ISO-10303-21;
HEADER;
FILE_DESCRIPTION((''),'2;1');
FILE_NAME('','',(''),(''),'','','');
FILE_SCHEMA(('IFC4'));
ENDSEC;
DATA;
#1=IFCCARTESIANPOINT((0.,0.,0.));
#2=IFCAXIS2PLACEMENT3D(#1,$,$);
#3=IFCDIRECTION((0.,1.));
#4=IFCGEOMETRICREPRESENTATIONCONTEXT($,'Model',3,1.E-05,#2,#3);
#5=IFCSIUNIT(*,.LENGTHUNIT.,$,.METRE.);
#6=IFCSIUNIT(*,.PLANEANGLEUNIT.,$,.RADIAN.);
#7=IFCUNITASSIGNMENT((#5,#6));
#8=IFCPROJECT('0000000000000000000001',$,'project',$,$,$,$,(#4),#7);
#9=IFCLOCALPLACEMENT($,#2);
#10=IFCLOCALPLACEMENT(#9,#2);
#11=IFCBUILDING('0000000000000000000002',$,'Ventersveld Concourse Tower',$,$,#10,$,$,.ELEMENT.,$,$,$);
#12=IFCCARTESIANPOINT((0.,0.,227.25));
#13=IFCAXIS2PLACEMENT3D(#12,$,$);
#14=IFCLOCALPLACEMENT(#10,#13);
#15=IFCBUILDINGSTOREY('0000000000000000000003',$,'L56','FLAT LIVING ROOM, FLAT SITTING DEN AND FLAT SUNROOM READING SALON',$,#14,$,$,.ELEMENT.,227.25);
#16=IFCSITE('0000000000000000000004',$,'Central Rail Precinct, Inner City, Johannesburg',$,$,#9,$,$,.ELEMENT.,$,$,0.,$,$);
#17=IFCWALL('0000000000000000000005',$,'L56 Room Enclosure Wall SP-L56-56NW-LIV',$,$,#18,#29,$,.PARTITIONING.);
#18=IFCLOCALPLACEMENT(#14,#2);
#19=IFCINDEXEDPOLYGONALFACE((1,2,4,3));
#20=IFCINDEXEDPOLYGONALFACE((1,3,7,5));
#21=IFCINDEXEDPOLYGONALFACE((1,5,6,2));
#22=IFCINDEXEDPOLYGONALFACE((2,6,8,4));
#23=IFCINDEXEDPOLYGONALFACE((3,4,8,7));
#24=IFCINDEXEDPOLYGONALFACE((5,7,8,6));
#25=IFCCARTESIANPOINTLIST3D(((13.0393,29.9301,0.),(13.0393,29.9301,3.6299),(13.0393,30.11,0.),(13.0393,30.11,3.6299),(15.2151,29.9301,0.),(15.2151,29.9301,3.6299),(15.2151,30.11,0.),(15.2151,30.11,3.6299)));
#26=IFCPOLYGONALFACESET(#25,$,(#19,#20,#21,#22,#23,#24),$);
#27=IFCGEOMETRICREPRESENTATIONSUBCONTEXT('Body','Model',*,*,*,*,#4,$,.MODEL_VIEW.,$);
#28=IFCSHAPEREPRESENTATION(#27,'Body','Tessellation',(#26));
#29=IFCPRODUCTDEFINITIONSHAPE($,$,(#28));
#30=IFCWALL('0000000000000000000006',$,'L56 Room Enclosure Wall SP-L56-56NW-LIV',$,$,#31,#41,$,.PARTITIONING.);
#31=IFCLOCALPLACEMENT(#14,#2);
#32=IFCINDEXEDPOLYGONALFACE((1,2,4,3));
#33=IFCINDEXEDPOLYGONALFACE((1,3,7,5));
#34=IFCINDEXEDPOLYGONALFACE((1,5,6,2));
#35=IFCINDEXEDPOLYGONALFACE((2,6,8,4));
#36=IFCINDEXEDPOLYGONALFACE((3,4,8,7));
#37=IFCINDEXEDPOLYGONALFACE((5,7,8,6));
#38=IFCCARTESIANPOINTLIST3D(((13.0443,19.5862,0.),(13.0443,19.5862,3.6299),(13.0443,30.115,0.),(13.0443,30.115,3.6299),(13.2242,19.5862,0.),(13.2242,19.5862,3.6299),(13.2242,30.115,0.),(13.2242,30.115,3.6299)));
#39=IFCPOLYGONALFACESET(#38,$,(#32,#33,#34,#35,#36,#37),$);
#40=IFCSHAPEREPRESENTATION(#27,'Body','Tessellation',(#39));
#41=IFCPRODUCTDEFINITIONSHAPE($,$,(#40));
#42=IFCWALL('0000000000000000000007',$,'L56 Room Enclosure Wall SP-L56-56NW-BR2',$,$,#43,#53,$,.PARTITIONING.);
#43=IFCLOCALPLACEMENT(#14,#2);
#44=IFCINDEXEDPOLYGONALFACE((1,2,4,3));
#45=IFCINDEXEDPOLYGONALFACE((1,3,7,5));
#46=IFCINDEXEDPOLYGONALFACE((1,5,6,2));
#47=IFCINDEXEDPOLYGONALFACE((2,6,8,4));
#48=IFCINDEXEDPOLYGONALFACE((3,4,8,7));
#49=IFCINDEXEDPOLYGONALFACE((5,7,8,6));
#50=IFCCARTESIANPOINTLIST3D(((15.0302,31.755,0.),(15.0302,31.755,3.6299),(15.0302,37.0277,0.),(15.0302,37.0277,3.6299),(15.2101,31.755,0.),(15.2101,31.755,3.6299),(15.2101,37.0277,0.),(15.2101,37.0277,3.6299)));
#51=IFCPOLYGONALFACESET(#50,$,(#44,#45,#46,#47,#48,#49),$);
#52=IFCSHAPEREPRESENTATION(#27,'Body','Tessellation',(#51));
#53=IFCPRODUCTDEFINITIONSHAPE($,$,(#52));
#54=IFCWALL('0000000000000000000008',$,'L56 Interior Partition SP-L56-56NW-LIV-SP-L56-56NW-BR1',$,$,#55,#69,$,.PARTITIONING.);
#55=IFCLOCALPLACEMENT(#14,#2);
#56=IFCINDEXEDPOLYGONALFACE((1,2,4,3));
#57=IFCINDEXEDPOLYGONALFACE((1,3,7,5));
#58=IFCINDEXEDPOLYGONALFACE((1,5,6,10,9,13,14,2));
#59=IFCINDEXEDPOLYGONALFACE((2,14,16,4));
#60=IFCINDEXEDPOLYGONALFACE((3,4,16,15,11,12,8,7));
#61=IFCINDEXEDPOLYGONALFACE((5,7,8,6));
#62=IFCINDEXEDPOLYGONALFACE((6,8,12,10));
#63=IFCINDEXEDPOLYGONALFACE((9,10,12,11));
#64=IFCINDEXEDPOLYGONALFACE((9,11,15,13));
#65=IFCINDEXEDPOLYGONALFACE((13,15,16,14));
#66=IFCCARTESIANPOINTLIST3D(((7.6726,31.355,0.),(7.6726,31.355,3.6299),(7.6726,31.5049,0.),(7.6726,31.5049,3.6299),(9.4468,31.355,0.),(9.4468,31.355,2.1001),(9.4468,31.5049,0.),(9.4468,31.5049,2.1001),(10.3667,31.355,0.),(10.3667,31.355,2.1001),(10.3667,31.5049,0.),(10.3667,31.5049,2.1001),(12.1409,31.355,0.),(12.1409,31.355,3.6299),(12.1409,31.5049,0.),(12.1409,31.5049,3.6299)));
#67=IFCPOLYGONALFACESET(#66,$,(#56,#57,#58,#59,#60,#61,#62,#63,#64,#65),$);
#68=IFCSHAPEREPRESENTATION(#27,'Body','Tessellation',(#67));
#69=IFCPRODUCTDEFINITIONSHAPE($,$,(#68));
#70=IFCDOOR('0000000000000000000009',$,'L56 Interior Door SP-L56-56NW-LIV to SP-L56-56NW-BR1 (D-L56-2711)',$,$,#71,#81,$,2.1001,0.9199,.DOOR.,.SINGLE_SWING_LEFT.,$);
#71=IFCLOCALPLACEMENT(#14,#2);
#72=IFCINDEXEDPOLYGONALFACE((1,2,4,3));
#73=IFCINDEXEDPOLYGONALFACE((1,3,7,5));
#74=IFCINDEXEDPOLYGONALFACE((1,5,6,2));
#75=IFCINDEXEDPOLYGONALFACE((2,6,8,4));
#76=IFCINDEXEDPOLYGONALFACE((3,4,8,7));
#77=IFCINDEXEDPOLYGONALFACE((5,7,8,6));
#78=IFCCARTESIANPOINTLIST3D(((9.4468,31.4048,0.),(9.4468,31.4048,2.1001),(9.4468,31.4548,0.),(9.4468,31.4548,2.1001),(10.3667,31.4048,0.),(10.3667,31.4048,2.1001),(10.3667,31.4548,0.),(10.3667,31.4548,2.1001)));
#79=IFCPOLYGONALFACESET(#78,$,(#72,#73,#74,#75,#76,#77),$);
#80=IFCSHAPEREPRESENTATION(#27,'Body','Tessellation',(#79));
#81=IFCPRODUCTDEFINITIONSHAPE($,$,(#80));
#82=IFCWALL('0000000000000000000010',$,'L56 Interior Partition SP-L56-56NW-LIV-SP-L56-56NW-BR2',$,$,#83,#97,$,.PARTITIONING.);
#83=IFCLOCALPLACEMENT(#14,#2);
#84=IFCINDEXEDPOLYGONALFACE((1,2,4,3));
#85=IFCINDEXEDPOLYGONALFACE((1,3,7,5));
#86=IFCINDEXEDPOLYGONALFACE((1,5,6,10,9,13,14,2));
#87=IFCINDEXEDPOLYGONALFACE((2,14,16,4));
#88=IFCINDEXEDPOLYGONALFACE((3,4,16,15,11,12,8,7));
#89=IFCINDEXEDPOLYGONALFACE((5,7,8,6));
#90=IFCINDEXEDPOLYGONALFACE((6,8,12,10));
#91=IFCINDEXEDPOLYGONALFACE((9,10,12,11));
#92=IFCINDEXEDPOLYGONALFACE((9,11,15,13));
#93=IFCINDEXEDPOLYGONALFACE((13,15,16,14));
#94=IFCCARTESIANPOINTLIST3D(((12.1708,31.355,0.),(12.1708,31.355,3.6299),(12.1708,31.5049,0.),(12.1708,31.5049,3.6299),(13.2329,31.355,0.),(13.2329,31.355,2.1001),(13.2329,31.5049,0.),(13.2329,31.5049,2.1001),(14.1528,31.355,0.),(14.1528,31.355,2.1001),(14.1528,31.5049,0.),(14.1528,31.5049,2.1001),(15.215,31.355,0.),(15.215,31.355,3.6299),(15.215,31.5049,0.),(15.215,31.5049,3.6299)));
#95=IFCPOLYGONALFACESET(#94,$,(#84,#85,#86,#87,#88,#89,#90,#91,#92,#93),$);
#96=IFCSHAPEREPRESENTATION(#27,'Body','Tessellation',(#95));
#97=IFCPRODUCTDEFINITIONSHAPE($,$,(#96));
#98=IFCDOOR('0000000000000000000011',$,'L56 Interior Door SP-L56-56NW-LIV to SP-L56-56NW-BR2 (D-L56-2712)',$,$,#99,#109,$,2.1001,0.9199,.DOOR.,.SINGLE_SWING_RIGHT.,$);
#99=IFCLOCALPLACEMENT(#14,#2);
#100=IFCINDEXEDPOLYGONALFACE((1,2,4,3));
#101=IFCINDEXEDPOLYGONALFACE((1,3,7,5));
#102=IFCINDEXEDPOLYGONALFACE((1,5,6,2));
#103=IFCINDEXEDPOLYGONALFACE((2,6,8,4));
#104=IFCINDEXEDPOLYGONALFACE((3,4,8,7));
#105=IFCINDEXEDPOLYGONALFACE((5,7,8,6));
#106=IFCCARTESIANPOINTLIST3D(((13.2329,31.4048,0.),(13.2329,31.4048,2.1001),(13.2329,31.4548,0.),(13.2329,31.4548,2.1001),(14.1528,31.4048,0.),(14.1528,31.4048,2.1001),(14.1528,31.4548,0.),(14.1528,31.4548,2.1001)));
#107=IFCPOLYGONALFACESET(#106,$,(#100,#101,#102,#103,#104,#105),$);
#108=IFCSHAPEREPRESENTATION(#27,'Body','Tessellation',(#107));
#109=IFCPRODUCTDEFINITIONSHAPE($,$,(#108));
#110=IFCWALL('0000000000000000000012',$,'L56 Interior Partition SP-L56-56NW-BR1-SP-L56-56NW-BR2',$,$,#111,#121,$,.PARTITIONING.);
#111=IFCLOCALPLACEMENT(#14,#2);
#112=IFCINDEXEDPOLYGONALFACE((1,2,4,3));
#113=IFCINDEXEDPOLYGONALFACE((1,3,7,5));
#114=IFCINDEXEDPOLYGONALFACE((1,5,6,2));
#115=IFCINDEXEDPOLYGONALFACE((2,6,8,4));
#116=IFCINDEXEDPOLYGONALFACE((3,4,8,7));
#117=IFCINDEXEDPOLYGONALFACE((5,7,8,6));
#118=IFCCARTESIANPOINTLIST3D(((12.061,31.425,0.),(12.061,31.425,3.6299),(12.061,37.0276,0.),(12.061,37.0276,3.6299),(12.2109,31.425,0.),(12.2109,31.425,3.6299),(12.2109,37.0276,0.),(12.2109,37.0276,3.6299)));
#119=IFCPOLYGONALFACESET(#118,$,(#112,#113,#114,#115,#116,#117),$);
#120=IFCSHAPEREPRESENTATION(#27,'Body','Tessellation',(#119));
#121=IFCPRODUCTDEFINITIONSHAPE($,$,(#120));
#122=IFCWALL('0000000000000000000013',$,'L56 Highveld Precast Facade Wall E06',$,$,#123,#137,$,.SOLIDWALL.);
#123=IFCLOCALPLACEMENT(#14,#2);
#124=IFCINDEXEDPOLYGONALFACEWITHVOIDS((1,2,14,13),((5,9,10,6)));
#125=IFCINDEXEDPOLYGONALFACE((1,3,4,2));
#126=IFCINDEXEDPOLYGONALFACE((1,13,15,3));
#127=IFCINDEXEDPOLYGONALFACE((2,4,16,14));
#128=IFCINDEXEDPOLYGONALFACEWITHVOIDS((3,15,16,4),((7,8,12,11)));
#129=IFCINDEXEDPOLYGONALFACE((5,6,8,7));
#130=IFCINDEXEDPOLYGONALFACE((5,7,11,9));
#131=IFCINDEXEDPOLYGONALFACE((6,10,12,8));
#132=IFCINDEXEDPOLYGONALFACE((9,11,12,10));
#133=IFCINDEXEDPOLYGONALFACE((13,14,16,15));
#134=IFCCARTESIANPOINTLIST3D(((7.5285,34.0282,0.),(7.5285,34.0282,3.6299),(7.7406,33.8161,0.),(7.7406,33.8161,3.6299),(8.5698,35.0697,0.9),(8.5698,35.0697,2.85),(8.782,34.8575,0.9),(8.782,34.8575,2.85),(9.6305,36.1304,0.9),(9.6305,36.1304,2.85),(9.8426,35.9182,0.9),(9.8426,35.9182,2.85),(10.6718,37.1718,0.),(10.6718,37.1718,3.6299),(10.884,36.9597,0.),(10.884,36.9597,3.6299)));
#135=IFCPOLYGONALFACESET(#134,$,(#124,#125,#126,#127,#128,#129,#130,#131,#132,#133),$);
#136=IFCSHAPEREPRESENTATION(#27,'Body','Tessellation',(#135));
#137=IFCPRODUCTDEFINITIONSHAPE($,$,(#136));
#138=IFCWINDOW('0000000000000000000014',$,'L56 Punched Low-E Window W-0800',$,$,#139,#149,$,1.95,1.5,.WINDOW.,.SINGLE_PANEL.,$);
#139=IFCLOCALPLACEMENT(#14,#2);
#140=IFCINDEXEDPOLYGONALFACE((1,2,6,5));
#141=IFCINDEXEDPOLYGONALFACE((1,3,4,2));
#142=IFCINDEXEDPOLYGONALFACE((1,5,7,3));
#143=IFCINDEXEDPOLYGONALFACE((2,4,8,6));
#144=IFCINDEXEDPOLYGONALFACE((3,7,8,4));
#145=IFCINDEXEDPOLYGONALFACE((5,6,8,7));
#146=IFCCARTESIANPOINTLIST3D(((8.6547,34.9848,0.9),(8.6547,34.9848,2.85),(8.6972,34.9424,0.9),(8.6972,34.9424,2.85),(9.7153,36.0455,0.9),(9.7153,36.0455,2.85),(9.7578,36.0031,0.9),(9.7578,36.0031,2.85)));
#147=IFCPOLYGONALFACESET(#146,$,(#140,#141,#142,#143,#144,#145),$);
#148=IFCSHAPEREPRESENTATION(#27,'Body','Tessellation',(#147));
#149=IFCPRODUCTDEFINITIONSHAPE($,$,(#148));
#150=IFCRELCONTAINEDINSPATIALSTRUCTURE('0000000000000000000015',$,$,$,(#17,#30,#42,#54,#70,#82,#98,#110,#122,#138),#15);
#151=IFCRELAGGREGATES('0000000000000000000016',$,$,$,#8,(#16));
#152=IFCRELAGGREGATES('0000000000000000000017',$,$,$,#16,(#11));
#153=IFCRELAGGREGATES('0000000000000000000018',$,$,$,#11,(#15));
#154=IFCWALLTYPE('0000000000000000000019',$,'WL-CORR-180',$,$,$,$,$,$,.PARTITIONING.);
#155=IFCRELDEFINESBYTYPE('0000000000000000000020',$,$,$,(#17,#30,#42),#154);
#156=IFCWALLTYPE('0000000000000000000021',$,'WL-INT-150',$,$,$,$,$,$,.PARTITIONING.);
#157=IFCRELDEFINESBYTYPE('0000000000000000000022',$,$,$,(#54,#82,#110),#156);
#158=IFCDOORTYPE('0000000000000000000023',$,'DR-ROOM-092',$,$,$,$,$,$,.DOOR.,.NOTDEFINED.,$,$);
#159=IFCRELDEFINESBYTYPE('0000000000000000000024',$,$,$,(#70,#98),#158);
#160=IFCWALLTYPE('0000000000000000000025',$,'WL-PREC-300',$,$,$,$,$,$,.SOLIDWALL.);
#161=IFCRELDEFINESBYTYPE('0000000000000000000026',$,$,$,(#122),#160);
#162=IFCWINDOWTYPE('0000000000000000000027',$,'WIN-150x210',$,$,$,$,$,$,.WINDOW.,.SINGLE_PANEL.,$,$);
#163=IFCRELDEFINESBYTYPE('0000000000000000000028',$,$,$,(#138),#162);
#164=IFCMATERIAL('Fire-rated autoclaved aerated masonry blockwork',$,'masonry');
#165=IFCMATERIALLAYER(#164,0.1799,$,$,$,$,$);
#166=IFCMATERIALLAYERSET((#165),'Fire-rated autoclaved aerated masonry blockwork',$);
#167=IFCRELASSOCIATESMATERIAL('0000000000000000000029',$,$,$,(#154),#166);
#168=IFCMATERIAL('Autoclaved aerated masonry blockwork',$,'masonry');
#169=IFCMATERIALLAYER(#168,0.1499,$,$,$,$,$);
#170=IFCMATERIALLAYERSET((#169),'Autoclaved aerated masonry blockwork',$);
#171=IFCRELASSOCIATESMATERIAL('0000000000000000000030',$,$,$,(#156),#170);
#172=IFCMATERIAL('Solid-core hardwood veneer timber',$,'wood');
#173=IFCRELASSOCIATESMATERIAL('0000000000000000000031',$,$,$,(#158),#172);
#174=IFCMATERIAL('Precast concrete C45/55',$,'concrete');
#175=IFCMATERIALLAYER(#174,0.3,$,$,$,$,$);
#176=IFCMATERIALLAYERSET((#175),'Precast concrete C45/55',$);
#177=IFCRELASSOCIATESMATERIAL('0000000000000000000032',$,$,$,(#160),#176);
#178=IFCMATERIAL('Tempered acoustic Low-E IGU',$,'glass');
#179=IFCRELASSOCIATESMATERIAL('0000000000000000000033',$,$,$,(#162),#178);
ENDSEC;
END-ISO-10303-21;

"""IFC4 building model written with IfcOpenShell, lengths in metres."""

from ifc_helpers import new_model, si_unit, direction, frame, frame_2d, origin, place, context, subcontext, project, spatial, rectangle, extrude, material, layer, layer_set, type_object, element, fill, save


model = new_model("IFC4")

# Units and contexts
model_context = context("Model", 3, precision=1e-05, world=origin(), true_north=direction((0.0, 1.0)))
body_context = subcontext(model_context, "Body", "Model", "MODEL_VIEW")
ifc_project = project(units=[si_unit("LENGTHUNIT", "METRE"), si_unit("PLANEANGLEUNIT", "RADIAN")], contexts=[model_context])

# Site, building, storey
site_placement = place(None, origin())
site = spatial("IfcSite", under=ifc_project, at=site_placement, Name="Central Rail Precinct, Inner City, Johannesburg", CompositionType="ELEMENT", RefElevation=0.0)
building_placement = place(site_placement, origin())
building = spatial("IfcBuilding", under=site, at=building_placement, Name="Ventersveld Concourse Tower", CompositionType="ELEMENT")
storey_placement = place(building_placement, frame((0.0, 0.0, 227.25)))
storey = spatial("IfcBuildingStorey", under=building, at=storey_placement, Name="L56", Description="FLAT LIVING ROOM, FLAT SITTING DEN AND FLAT SUNROOM READING SALON", CompositionType="ELEMENT", Elevation=227.25)

# Walls
ifc_material_1 = material(Name="Fire-rated autoclaved aerated masonry blockwork", Category="masonry")
ifc_layer_1 = layer(ifc_material_1, 0.1799)
ifc_layer_set_1 = layer_set([ifc_layer_1], Name="Fire-rated autoclaved aerated masonry blockwork")
wall_type_1 = type_object("IfcWallType", Name="WL-CORR-180", PredefinedType="PARTITIONING", material=ifc_layer_set_1)
wall_1_placement = place(storey_placement, frame((15.2151, 30.02, 0.0), z_axis=(0.0, 0.0, 1.0), x_axis=(-1.0, 0.0, 0.0)))
element("IfcWall", 1, at=wall_1_placement, inside=storey, type_object=wall_type_1, Name="L56 Room Enclosure Wall SP-L56-56NW-LIV", PredefinedType="PARTITIONING", context=body_context, shape_type="SweptSolid", body=[
    extrude(rectangle(XDim=2.1758, YDim=0.1799, at=frame_2d((1.0879, 0.0))), origin(), (0.0, 0.0, 1.0), 3.6299),
])
wall_2_placement = place(storey_placement, frame((13.1343, 30.115, 0.0), z_axis=(0.0, 0.0, 1.0), x_axis=(0.0, -1.0, 0.0)))
element("IfcWall", 2, at=wall_2_placement, inside=storey, type_object=wall_type_1, Name="L56 Room Enclosure Wall SP-L56-56NW-LIV", PredefinedType="PARTITIONING", context=body_context, shape_type="SweptSolid", body=[
    extrude(rectangle(XDim=10.5288, YDim=0.1799, at=frame_2d((5.2644, 0.0))), origin(), (0.0, 0.0, 1.0), 3.6299),
])
wall_3_placement = place(storey_placement, frame((15.1201, 37.0276, 0.0), z_axis=(0.0, 0.0, 1.0), x_axis=(0.0, -1.0, 0.0)))
element("IfcWall", 3, at=wall_3_placement, inside=storey, type_object=wall_type_1, Name="L56 Room Enclosure Wall SP-L56-56NW-BR2", PredefinedType="PARTITIONING", context=body_context, shape_type="SweptSolid", body=[
    extrude(rectangle(XDim=5.2727, YDim=0.1799, at=frame_2d((2.6362, 0.0))), origin(), (0.0, 0.0, 1.0), 3.6299),
])

# Walls, openings, doors
ifc_material_2 = material(Name="Autoclaved aerated masonry blockwork", Category="masonry")
ifc_layer_2 = layer(ifc_material_2, 0.1499)
ifc_layer_set_2 = layer_set([ifc_layer_2], Name="Autoclaved aerated masonry blockwork")
wall_type_2 = type_object("IfcWallType", Name="WL-INT-150", PredefinedType="PARTITIONING", material=ifc_layer_set_2)
wall_4_placement = place(storey_placement, frame((7.6726, 31.4299, 0.0), z_axis=(0.0, 0.0, 1.0), x_axis=(1.0, 0.0, 0.0)))
wall_4 = element("IfcWall", 4, at=wall_4_placement, inside=storey, type_object=wall_type_2, Name="L56 Interior Partition SP-L56-56NW-LIV-SP-L56-56NW-BR1", PredefinedType="PARTITIONING", context=body_context, shape_type="SweptSolid", body=[
    extrude(rectangle(XDim=4.4683, YDim=0.1499, at=frame_2d((2.2341, 0.0))), origin(), (0.0, 0.0, 1.0), 3.6299),
])
opening_1_placement = place(wall_4_placement, frame((1.7742, 0.0, 0.0)))
opening_1 = element("IfcOpeningElement", 5, at=opening_1_placement, cuts=wall_4, PredefinedType="OPENING", context=body_context, shape_type="SweptSolid", body=[
    extrude(rectangle(XDim=0.9199, YDim=2.1001, at=frame_2d((0.46, 1.05))), frame((0.0, 0.085, 0.0), z_axis=(0.0, -1.0, 0.0), x_axis=(1.0, 0.0, 0.0)), (0.0, 0.0, 1.0), 0.1699),
])
ifc_material_3 = material(Name="Solid-core hardwood veneer timber", Category="wood")
door_type = type_object("IfcDoorType", Name="DR-ROOM-092", OperationType="NOTDEFINED", PredefinedType="DOOR", material=ifc_material_3)
door_1_placement = place(opening_1_placement, origin())
door_1 = element("IfcDoor", 6, at=door_1_placement, inside=storey, type_object=door_type, Name="L56 Interior Door SP-L56-56NW-LIV to SP-L56-56NW-BR1 (D-L56-2711)", OperationType="SINGLE_SWING_LEFT", OverallHeight=2.1001, OverallWidth=0.9199, PredefinedType="DOOR", context=body_context, shape_type="SweptSolid", body=[
    extrude(rectangle(XDim=0.9199, YDim=2.1001, at=frame_2d((0.46, 1.05))), frame((0.0, 0.0249, 0.0), z_axis=(0.0, -1.0, 0.0), x_axis=(1.0, 0.0, 0.0)), (0.0, 0.0, 1.0), 0.05),
])
fill(opening_1, door_1)
wall_5_placement = place(storey_placement, frame((12.1709, 31.4299, 0.0), z_axis=(0.0, 0.0, 1.0), x_axis=(1.0, 0.0, 0.0)))
wall_5 = element("IfcWall", 7, at=wall_5_placement, inside=storey, type_object=wall_type_2, Name="L56 Interior Partition SP-L56-56NW-LIV-SP-L56-56NW-BR2", PredefinedType="PARTITIONING", context=body_context, shape_type="SweptSolid", body=[
    extrude(rectangle(XDim=3.0442, YDim=0.1499, at=frame_2d((1.522, 0.0))), origin(), (0.0, 0.0, 1.0), 3.6299),
])
opening_2_placement = place(wall_5_placement, frame((1.062, 0.0, 0.0)))
opening_2 = element("IfcOpeningElement", 8, at=opening_2_placement, cuts=wall_5, PredefinedType="OPENING", context=body_context, shape_type="SweptSolid", body=[
    extrude(rectangle(XDim=0.9199, YDim=2.1001, at=frame_2d((0.46, 1.05))), frame((0.0, 0.085, 0.0), z_axis=(0.0, -1.0, 0.0), x_axis=(1.0, 0.0, 0.0)), (0.0, 0.0, 1.0), 0.1699),
])
door_2_placement = place(opening_2_placement, origin())
door_2 = element("IfcDoor", 9, at=door_2_placement, inside=storey, type_object=door_type, Name="L56 Interior Door SP-L56-56NW-LIV to SP-L56-56NW-BR2 (D-L56-2712)", OperationType="SINGLE_SWING_RIGHT", OverallHeight=2.1001, OverallWidth=0.9199, PredefinedType="DOOR", context=body_context, shape_type="SweptSolid", body=[
    extrude(rectangle(XDim=0.9199, YDim=2.1001, at=frame_2d((0.46, 1.05))), frame((0.0, 0.0249, 0.0), z_axis=(0.0, -1.0, 0.0), x_axis=(1.0, 0.0, 0.0)), (0.0, 0.0, 1.0), 0.05),
])
fill(opening_2, door_2)

# Wall
wall_6_placement = place(storey_placement, frame((12.136, 31.425, 0.0), z_axis=(0.0, 0.0, 1.0), x_axis=(0.0, 1.0, 0.0)))
element("IfcWall", 10, at=wall_6_placement, inside=storey, type_object=wall_type_2, Name="L56 Interior Partition SP-L56-56NW-BR1-SP-L56-56NW-BR2", PredefinedType="PARTITIONING", context=body_context, shape_type="SweptSolid", body=[
    extrude(rectangle(XDim=5.6025, YDim=0.1499, at=frame_2d((2.8013, 0.0))), origin(), (0.0, 0.0, 1.0), 3.6299),
])

# Wall, opening, window
ifc_material_4 = material(Name="Precast concrete C45/55", Category="concrete")
ifc_layer_3 = layer(ifc_material_4, 0.3)
ifc_layer_set_3 = layer_set([ifc_layer_3], Name="Precast concrete C45/55")
wall_type_3 = type_object("IfcWallType", Name="WL-PREC-300", PredefinedType="SOLIDWALL", material=ifc_layer_set_3)
wall_7_placement = place(storey_placement, frame((10.7778, 37.0657, 0.0), z_axis=(0.0, 0.0, 1.0), x_axis=(-0.707079, -0.707134, 0.0)))
wall_7 = element("IfcWall", 11, at=wall_7_placement, inside=storey, type_object=wall_type_3, Name="L56 Highveld Precast Facade Wall E06", PredefinedType="SOLIDWALL", context=body_context, shape_type="SweptSolid", body=[
    extrude(rectangle(XDim=4.4456, YDim=0.3, at=frame_2d((2.2227, 0.0))), origin(), (0.0, 0.0, 1.0), 3.6299),
])
opening_3_placement = place(wall_7_placement, frame((1.4727, 0.0, 0.8999)))
opening_3 = element("IfcOpeningElement", 12, at=opening_3_placement, cuts=wall_7, PredefinedType="OPENING", context=body_context, shape_type="SweptSolid", body=[
    extrude(rectangle(XDim=1.5, YDim=1.95, at=frame_2d((0.75, 0.9751))), frame((0.0, 0.1602, 0.0), z_axis=(0.0, -1.0, 0.0), x_axis=(1.0, 0.0, 0.0)), (0.0, 0.0, 1.0), 0.3201),
])
ifc_material_5 = material(Name="Tempered acoustic Low-E IGU", Category="glass")
window_type_1 = type_object("IfcWindowType", Name="WIN-150x210", PartitioningType="SINGLE_PANEL", PredefinedType="WINDOW", material=ifc_material_5)
window_1_placement = place(opening_3_placement, origin())
window_1 = element("IfcWindow", 13, at=window_1_placement, inside=storey, type_object=window_type_1, Name="L56 Punched Low-E Window W-0800", OverallHeight=1.95, OverallWidth=1.5, PartitioningType="SINGLE_PANEL", PredefinedType="WINDOW", context=body_context, shape_type="SweptSolid", body=[
    extrude(rectangle(XDim=1.5, YDim=1.95, at=frame_2d((0.75, 0.9751))), frame((0.0, 0.03, 0.0), z_axis=(0.0, -1.0, 0.0), x_axis=(1.0, 0.0, 0.0)), (0.0, 0.0, 1.0), 0.0601),
])
fill(opening_3, window_1)

save(model, "model.ifc")
